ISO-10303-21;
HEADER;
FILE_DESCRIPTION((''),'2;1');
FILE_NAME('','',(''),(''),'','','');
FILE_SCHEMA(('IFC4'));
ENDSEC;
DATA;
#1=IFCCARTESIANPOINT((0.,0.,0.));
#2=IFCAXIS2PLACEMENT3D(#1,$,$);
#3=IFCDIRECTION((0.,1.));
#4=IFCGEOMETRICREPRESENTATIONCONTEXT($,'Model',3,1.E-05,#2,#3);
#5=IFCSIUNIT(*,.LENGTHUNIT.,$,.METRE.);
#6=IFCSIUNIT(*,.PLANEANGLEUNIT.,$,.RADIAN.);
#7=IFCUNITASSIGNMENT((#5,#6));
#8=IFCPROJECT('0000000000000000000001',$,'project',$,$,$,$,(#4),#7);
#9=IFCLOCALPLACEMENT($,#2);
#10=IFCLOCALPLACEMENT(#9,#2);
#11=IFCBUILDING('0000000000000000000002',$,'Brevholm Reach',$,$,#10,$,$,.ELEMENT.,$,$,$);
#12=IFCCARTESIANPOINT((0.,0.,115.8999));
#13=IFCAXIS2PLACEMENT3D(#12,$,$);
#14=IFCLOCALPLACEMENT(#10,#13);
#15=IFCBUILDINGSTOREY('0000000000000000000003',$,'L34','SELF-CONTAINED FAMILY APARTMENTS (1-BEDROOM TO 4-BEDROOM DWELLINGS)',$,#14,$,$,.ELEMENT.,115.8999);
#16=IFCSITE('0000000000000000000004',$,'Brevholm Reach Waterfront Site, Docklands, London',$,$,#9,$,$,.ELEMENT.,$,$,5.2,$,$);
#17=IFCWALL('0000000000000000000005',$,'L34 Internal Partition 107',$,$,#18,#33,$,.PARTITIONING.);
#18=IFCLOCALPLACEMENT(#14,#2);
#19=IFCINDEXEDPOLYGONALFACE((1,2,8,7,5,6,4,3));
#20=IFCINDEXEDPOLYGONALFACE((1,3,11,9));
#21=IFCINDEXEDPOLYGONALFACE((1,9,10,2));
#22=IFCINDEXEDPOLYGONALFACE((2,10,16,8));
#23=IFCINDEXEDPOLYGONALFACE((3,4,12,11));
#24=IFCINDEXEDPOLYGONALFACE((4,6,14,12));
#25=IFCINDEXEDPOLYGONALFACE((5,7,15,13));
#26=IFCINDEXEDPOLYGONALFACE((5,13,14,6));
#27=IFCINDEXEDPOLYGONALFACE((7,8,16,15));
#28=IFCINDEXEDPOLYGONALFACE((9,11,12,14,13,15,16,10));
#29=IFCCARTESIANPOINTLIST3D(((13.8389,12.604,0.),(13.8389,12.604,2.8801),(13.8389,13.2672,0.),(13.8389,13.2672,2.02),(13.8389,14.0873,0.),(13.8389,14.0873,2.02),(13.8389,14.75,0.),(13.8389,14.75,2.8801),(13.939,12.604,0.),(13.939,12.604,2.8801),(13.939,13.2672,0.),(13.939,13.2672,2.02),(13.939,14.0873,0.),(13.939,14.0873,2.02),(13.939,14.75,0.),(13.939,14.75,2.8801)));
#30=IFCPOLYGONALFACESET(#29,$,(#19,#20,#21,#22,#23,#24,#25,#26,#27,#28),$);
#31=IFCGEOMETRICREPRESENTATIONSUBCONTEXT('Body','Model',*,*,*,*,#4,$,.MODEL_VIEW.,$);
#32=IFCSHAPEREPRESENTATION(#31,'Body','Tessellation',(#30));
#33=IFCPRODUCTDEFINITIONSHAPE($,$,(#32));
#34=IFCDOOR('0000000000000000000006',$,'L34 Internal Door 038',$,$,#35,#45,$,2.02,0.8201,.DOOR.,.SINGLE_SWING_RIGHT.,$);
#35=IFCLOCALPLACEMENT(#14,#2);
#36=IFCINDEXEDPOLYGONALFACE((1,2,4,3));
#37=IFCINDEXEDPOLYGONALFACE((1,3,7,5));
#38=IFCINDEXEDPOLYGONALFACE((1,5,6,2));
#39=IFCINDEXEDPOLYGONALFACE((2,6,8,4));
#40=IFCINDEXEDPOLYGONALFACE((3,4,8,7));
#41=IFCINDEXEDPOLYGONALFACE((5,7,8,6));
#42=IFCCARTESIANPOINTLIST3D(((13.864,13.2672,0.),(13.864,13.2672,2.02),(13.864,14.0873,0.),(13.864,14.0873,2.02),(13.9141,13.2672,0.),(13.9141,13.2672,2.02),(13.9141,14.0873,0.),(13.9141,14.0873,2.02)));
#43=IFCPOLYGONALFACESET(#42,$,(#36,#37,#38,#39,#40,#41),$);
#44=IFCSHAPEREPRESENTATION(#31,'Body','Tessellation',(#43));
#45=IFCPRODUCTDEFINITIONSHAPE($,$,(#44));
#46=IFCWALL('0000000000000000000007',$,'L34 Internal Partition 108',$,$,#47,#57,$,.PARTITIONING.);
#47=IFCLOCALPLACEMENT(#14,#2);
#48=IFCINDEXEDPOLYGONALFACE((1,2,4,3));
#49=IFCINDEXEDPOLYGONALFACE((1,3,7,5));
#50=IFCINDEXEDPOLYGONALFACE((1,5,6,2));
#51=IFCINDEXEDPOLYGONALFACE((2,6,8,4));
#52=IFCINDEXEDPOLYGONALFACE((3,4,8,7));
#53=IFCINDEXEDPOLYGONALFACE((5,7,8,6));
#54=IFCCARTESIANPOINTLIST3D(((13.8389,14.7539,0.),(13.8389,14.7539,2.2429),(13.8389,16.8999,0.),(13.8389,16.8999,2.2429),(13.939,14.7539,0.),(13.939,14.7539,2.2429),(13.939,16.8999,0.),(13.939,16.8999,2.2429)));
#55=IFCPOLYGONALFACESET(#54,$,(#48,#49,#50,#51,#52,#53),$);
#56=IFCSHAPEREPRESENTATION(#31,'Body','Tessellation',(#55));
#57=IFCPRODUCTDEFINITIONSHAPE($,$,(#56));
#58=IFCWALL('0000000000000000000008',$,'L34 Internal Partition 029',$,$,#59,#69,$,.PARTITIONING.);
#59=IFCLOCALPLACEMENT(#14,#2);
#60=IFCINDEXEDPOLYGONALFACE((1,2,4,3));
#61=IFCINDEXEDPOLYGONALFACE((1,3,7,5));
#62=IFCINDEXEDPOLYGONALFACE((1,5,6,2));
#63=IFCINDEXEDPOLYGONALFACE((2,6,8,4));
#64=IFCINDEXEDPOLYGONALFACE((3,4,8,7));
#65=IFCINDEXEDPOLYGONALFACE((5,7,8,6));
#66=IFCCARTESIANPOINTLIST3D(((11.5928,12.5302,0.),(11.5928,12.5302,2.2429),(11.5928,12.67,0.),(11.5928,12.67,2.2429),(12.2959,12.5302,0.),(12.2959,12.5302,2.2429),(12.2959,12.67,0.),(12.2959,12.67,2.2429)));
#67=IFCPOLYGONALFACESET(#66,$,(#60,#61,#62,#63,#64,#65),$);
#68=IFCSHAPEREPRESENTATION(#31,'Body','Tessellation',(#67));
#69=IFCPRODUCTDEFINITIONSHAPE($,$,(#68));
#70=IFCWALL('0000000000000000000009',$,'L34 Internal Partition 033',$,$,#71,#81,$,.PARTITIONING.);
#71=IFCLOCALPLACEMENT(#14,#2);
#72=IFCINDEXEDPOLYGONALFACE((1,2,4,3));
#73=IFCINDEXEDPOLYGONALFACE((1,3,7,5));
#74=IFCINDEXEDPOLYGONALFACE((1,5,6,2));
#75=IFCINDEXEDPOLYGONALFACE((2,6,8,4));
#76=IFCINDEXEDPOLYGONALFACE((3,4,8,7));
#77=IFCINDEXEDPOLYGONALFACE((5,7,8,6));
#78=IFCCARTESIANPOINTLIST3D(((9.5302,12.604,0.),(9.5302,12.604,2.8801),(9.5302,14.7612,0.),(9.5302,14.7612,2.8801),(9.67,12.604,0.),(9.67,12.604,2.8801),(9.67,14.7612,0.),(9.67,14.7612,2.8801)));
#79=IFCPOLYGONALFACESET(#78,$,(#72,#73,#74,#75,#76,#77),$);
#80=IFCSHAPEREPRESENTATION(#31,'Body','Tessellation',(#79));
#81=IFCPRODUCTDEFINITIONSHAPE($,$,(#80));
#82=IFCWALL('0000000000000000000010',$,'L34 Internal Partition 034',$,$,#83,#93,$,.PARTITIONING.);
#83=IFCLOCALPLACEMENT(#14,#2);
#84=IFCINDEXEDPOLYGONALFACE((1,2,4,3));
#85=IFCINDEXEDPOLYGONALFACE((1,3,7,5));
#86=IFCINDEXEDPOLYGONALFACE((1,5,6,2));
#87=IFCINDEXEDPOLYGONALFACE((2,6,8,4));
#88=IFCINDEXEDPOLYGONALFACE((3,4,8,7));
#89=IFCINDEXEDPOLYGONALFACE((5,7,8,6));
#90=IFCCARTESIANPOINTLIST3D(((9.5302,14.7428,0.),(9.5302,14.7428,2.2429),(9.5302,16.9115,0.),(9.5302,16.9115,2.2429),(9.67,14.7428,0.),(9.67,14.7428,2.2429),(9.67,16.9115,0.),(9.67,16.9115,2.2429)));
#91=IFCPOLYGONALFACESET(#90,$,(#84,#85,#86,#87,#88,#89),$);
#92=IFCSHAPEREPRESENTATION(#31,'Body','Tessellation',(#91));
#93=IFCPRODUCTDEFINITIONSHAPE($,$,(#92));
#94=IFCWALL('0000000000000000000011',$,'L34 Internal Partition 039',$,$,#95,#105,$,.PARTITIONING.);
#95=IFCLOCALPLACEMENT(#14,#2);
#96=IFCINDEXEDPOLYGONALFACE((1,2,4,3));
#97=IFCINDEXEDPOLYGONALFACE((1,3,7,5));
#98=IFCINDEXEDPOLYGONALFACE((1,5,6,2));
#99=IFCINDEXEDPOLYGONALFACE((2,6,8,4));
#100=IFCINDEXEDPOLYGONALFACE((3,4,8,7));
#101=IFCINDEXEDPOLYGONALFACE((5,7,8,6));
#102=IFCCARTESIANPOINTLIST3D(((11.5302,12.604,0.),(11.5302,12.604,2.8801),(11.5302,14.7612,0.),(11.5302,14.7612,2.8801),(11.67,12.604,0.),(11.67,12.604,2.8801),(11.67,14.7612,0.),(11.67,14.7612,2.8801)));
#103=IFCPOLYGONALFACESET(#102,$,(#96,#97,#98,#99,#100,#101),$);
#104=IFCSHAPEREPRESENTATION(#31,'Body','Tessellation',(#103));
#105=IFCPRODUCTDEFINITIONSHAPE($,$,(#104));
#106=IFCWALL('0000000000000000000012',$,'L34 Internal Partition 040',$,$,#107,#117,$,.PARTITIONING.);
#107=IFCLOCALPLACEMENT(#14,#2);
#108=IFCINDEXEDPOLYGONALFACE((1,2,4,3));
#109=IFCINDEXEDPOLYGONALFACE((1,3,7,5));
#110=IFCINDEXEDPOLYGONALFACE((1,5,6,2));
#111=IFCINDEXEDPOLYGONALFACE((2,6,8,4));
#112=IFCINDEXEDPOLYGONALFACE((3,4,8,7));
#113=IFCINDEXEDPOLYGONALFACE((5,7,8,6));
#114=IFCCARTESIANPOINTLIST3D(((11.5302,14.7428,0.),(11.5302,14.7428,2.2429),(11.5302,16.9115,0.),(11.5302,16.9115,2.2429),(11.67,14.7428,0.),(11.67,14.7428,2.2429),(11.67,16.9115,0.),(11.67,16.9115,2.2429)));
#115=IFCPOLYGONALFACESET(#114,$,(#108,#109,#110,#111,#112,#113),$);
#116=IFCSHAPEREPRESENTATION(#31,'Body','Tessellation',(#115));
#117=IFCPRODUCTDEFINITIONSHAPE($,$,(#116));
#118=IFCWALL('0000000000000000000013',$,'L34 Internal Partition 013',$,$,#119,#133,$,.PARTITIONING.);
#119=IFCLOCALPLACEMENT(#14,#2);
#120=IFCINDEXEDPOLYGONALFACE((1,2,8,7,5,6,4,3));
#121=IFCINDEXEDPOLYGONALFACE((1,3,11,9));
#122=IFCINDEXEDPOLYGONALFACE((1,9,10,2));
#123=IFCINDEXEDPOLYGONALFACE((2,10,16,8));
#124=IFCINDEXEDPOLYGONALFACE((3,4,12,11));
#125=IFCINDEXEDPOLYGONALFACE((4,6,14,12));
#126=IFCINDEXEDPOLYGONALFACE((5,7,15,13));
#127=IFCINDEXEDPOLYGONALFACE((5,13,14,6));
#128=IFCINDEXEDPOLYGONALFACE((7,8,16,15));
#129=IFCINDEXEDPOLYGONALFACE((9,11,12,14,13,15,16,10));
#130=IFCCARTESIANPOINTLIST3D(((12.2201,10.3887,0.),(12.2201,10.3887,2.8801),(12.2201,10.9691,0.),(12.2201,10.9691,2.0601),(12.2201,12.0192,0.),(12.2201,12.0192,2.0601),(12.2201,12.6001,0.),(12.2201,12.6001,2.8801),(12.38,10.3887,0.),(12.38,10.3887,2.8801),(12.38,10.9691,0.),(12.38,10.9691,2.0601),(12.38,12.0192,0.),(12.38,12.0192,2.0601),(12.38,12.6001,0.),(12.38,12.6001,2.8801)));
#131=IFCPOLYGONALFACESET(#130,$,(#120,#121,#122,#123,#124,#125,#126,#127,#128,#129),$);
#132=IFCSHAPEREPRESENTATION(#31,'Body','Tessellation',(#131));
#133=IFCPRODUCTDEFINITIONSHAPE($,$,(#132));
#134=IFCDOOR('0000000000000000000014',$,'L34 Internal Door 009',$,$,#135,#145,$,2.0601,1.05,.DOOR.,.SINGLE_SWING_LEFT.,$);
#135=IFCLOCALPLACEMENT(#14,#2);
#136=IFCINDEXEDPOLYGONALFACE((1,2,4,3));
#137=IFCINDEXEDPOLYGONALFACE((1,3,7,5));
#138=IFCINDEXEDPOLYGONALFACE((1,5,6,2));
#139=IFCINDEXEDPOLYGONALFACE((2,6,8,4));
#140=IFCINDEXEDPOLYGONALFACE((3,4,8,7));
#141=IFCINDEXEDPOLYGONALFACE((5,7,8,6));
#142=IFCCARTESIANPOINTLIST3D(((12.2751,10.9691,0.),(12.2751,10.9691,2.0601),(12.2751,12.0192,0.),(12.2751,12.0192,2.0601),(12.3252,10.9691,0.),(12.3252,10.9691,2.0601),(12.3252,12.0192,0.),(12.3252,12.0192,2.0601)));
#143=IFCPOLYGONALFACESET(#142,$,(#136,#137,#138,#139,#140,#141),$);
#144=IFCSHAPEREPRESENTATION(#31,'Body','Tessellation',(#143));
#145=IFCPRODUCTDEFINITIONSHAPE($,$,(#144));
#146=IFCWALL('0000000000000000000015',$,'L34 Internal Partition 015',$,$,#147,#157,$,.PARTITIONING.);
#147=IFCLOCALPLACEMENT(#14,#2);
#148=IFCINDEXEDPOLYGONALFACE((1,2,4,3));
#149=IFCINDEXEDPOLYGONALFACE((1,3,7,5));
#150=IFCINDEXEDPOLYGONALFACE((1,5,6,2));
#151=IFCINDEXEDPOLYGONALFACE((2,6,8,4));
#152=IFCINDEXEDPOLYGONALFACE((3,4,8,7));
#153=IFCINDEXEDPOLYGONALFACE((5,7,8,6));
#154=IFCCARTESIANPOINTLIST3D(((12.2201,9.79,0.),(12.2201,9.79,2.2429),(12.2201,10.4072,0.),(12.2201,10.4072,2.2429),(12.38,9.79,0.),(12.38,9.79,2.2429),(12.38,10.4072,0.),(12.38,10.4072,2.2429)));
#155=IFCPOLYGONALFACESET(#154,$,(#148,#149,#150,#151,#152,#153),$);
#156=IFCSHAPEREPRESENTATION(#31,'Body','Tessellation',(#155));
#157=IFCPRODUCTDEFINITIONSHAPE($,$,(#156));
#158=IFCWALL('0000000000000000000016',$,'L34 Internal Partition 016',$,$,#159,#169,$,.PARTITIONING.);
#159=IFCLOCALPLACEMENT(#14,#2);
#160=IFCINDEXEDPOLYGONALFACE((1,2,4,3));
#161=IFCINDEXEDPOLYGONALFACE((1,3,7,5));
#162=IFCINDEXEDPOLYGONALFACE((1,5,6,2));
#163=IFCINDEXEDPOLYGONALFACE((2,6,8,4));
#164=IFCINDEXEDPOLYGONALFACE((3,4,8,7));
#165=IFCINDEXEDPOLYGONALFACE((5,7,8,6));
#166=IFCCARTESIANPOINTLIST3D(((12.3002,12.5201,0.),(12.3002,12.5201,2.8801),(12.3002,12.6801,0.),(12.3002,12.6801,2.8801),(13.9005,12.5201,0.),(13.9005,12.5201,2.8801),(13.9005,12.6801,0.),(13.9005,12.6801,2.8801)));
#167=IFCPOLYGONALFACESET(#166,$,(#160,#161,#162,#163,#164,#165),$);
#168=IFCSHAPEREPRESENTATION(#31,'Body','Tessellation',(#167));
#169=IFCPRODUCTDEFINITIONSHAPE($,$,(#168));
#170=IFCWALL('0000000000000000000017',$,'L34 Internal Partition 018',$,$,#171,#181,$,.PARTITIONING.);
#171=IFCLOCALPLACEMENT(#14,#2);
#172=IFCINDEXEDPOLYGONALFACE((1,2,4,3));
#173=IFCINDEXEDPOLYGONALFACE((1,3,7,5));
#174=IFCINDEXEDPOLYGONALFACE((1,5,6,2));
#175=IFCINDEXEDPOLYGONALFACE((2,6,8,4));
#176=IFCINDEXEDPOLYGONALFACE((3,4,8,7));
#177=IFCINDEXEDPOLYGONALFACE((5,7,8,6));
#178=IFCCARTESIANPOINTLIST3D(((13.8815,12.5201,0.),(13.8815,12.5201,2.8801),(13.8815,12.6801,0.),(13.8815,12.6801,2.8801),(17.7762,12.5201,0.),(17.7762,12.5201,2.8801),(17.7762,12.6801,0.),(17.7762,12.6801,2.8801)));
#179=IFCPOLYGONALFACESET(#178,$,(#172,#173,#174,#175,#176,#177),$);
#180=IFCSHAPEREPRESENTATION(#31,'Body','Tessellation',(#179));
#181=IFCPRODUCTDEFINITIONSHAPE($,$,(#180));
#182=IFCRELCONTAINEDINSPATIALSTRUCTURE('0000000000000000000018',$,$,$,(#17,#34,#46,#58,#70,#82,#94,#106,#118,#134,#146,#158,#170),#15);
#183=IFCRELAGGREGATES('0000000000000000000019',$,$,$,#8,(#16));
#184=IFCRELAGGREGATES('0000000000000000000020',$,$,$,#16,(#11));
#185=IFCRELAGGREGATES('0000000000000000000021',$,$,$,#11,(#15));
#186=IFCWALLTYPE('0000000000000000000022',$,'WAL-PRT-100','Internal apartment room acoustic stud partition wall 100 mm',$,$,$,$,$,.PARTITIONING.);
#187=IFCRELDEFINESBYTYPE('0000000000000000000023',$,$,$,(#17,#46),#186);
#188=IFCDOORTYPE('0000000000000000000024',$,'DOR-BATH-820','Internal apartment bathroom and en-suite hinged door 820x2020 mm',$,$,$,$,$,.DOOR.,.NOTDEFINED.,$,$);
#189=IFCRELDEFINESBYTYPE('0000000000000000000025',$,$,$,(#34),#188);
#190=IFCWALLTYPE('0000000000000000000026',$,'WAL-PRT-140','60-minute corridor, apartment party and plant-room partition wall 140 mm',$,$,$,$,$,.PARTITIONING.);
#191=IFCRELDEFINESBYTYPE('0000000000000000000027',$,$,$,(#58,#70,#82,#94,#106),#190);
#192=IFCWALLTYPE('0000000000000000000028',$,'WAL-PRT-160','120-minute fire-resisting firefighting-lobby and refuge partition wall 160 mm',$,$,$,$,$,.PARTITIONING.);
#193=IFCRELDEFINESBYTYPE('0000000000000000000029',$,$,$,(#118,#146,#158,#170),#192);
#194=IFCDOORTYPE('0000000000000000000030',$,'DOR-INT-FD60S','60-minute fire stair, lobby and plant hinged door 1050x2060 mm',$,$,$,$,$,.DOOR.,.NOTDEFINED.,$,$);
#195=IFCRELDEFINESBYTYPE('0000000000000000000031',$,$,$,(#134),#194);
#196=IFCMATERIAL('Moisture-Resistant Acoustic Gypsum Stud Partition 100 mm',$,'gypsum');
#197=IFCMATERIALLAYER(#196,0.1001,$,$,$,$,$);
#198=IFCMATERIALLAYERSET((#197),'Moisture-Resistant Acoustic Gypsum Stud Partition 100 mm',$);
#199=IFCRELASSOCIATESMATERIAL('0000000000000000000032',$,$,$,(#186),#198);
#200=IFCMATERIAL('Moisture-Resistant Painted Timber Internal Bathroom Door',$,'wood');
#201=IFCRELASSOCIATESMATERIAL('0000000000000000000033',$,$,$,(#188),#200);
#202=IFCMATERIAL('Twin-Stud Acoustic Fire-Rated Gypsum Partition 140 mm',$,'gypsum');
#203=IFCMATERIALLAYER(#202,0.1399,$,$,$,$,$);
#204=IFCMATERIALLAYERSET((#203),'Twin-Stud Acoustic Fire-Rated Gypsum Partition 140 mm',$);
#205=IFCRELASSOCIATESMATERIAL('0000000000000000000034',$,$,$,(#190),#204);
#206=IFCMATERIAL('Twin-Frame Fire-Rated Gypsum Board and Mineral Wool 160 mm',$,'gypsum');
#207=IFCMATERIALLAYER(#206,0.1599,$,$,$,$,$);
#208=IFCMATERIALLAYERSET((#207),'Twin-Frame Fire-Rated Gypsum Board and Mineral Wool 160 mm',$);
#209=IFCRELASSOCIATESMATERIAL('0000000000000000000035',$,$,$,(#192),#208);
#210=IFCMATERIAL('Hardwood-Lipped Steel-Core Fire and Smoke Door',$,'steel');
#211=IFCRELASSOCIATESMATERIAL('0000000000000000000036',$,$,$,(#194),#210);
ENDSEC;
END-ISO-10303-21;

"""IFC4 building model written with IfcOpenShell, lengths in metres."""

from ifc_helpers import new_model, si_unit, direction, frame, frame_2d, origin, place, context, subcontext, project, spatial, rectangle, extrude, material, layer, layer_set, type_object, element, fill, save


model = new_model("IFC4")

# Units and contexts
model_context = context("Model", 3, precision=1e-05, world=origin(), true_north=direction((0.0, 1.0)))
body_context = subcontext(model_context, "Body", "Model", "MODEL_VIEW")
ifc_project = project(units=[si_unit("LENGTHUNIT", "METRE"), si_unit("PLANEANGLEUNIT", "RADIAN")], contexts=[model_context])

# Site, building, storey
site_placement = place(None, origin())
site = spatial("IfcSite", under=ifc_project, at=site_placement, Name="Brevholm Reach Waterfront Site, Docklands, London", CompositionType="ELEMENT", RefElevation=5.2)
building_placement = place(site_placement, origin())
building = spatial("IfcBuilding", under=site, at=building_placement, Name="Brevholm Reach", CompositionType="ELEMENT")
storey_placement = place(building_placement, frame((0.0, 0.0, 115.8999)))
storey = spatial("IfcBuildingStorey", under=building, at=storey_placement, Name="L34", Description="SELF-CONTAINED FAMILY APARTMENTS (1-BEDROOM TO 4-BEDROOM DWELLINGS)", CompositionType="ELEMENT", Elevation=115.8999)

# Shared definitions
ifc_material_1 = material(Name="Moisture-Resistant Acoustic Gypsum Stud Partition 100 mm", Category="gypsum")
ifc_layer_1 = layer(ifc_material_1, 0.1001)
ifc_layer_set_1 = layer_set([ifc_layer_1], Name="Moisture-Resistant Acoustic Gypsum Stud Partition 100 mm")
wall_type_1 = type_object("IfcWallType", Name="WAL-PRT-100", Description="Internal apartment room acoustic stud partition wall 100 mm", PredefinedType="PARTITIONING", material=ifc_layer_set_1)

# Wall, opening, door
wall_1_placement = place(storey_placement, frame((13.8889, 12.604, 0.0), z_axis=(0.0, 0.0, 1.0), x_axis=(0.0, 1.0, 0.0)))
wall_1 = element("IfcWall", 1, at=wall_1_placement, inside=storey, type_object=wall_type_1, Name="L34 Internal Partition 107", PredefinedType="PARTITIONING", context=body_context, shape_type="SweptSolid", body=[
    extrude(rectangle(XDim=2.146, YDim=0.1001, at=frame_2d((1.073, 0.0))), origin(), (0.0, 0.0, 1.0), 2.8801),
])
opening_1_placement = place(wall_1_placement, frame((0.6631, 0.0, 0.0)))
opening_1 = element("IfcOpeningElement", 2, at=opening_1_placement, cuts=wall_1, PredefinedType="OPENING", context=body_context, shape_type="SweptSolid", body=[
    extrude(rectangle(XDim=0.8201, YDim=2.02, at=frame_2d((0.4102, 1.01))), frame((0.0, 0.0601, 0.0), z_axis=(0.0, -1.0, 0.0), x_axis=(1.0, 0.0, 0.0)), (0.0, 0.0, 1.0), 0.1201),
])
ifc_material_2 = material(Name="Moisture-Resistant Painted Timber Internal Bathroom Door", Category="wood")
door_type_1 = type_object("IfcDoorType", Name="DOR-BATH-820", Description="Internal apartment bathroom and en-suite hinged door 820x2020 mm", OperationType="NOTDEFINED", PredefinedType="DOOR", material=ifc_material_2)
door_1_placement = place(opening_1_placement, origin())
door_1 = element("IfcDoor", 3, at=door_1_placement, inside=storey, type_object=door_type_1, Name="L34 Internal Door 038", OperationType="SINGLE_SWING_RIGHT", OverallHeight=2.02, OverallWidth=0.8201, PredefinedType="DOOR", context=body_context, shape_type="SweptSolid", body=[
    extrude(rectangle(XDim=0.8201, YDim=2.02, at=frame_2d((0.4102, 1.01))), frame((0.0, 0.0249, 0.0), z_axis=(0.0, -1.0, 0.0), x_axis=(1.0, 0.0, 0.0)), (0.0, 0.0, 1.0), 0.05),
])
fill(opening_1, door_1)

# Walls
wall_2_placement = place(storey_placement, frame((13.8889, 14.7539, 0.0), z_axis=(0.0, 0.0, 1.0), x_axis=(0.0, 1.0, 0.0)))
element("IfcWall", 4, at=wall_2_placement, inside=storey, type_object=wall_type_1, Name="L34 Internal Partition 108", PredefinedType="PARTITIONING", context=body_context, shape_type="SweptSolid", body=[
    extrude(rectangle(XDim=2.146, YDim=0.1001, at=frame_2d((1.073, 0.0))), origin(), (0.0, 0.0, 1.0), 2.2429),
])
ifc_material_3 = material(Name="Twin-Stud Acoustic Fire-Rated Gypsum Partition 140 mm", Category="gypsum")
ifc_layer_2 = layer(ifc_material_3, 0.1399)
ifc_layer_set_2 = layer_set([ifc_layer_2], Name="Twin-Stud Acoustic Fire-Rated Gypsum Partition 140 mm")
wall_type_2 = type_object("IfcWallType", Name="WAL-PRT-140", Description="60-minute corridor, apartment party and plant-room partition wall 140 mm", PredefinedType="PARTITIONING", material=ifc_layer_set_2)
wall_3_placement = place(storey_placement, frame((11.5928, 12.6001, 0.0), z_axis=(0.0, 0.0, 1.0), x_axis=(1.0, 0.0, 0.0)))
element("IfcWall", 5, at=wall_3_placement, inside=storey, type_object=wall_type_2, Name="L34 Internal Partition 029", PredefinedType="PARTITIONING", context=body_context, shape_type="SweptSolid", body=[
    extrude(rectangle(XDim=0.7031, YDim=0.1399, at=frame_2d((0.3516, 0.0))), origin(), (0.0, 0.0, 1.0), 2.2429),
])
wall_4_placement = place(storey_placement, frame((9.6001, 12.604, 0.0), z_axis=(0.0, 0.0, 1.0), x_axis=(0.0, 1.0, 0.0)))
element("IfcWall", 6, at=wall_4_placement, inside=storey, type_object=wall_type_2, Name="L34 Internal Partition 033", PredefinedType="PARTITIONING", context=body_context, shape_type="SweptSolid", body=[
    extrude(rectangle(XDim=2.1572, YDim=0.1399, at=frame_2d((1.0786, 0.0))), origin(), (0.0, 0.0, 1.0), 2.8801),
])
wall_5_placement = place(storey_placement, frame((9.6001, 14.7427, 0.0), z_axis=(0.0, 0.0, 1.0), x_axis=(0.0, 1.0, 0.0)))
element("IfcWall", 7, at=wall_5_placement, inside=storey, type_object=wall_type_2, Name="L34 Internal Partition 034", PredefinedType="PARTITIONING", context=body_context, shape_type="SweptSolid", body=[
    extrude(rectangle(XDim=2.1687, YDim=0.1399, at=frame_2d((1.0845, 0.0))), origin(), (0.0, 0.0, 1.0), 2.2429),
])
wall_6_placement = place(storey_placement, frame((11.6001, 12.604, 0.0), z_axis=(0.0, 0.0, 1.0), x_axis=(0.0, 1.0, 0.0)))
element("IfcWall", 8, at=wall_6_placement, inside=storey, type_object=wall_type_2, Name="L34 Internal Partition 039", PredefinedType="PARTITIONING", context=body_context, shape_type="SweptSolid", body=[
    extrude(rectangle(XDim=2.1572, YDim=0.1399, at=frame_2d((1.0786, 0.0))), origin(), (0.0, 0.0, 1.0), 2.8801),
])
wall_7_placement = place(storey_placement, frame((11.6001, 14.7427, 0.0), z_axis=(0.0, 0.0, 1.0), x_axis=(0.0, 1.0, 0.0)))
element("IfcWall", 9, at=wall_7_placement, inside=storey, type_object=wall_type_2, Name="L34 Internal Partition 040", PredefinedType="PARTITIONING", context=body_context, shape_type="SweptSolid", body=[
    extrude(rectangle(XDim=2.1687, YDim=0.1399, at=frame_2d((1.0845, 0.0))), origin(), (0.0, 0.0, 1.0), 2.2429),
])

# Wall, opening, door
ifc_material_4 = material(Name="Twin-Frame Fire-Rated Gypsum Board and Mineral Wool 160 mm", Category="gypsum")
ifc_layer_3 = layer(ifc_material_4, 0.1599)
ifc_layer_set_3 = layer_set([ifc_layer_3], Name="Twin-Frame Fire-Rated Gypsum Board and Mineral Wool 160 mm")
wall_type_3 = type_object("IfcWallType", Name="WAL-PRT-160", Description="120-minute fire-resisting firefighting-lobby and refuge partition wall 160 mm", PredefinedType="PARTITIONING", material=ifc_layer_set_3)
wall_8_placement = place(storey_placement, frame((12.3, 10.3887, 0.0), z_axis=(0.0, 0.0, 1.0), x_axis=(0.0, 1.0, 0.0)))
wall_8 = element("IfcWall", 10, at=wall_8_placement, inside=storey, type_object=wall_type_3, Name="L34 Internal Partition 013", PredefinedType="PARTITIONING", context=body_context, shape_type="SweptSolid", body=[
    extrude(rectangle(XDim=2.2114, YDim=0.1599, at=frame_2d((1.1057, 0.0))), origin(), (0.0, 0.0, 1.0), 2.8801),
])
opening_2_placement = place(wall_8_placement, frame((0.5806, 0.0, 0.0)))
opening_2 = element("IfcOpeningElement", 11, at=opening_2_placement, cuts=wall_8, PredefinedType="OPENING", context=body_context, shape_type="SweptSolid", body=[
    extrude(rectangle(XDim=1.05, YDim=2.0601, at=frame_2d((0.5249, 1.03))), frame((0.0, 0.0898, 0.0), z_axis=(0.0, -1.0, 0.0), x_axis=(1.0, 0.0, 0.0)), (0.0, 0.0, 1.0), 0.1799),
])
ifc_material_5 = material(Name="Hardwood-Lipped Steel-Core Fire and Smoke Door", Category="steel")
door_type_2 = type_object("IfcDoorType", Name="DOR-INT-FD60S", Description="60-minute fire stair, lobby and plant hinged door 1050x2060 mm", OperationType="NOTDEFINED", PredefinedType="DOOR", material=ifc_material_5)
door_2_placement = place(opening_2_placement, origin())
door_2 = element("IfcDoor", 12, at=door_2_placement, inside=storey, type_object=door_type_2, Name="L34 Internal Door 009", OperationType="SINGLE_SWING_LEFT", OverallHeight=2.0601, OverallWidth=1.05, PredefinedType="DOOR", context=body_context, shape_type="SweptSolid", body=[
    extrude(rectangle(XDim=1.05, YDim=2.0601, at=frame_2d((0.5249, 1.03))), frame((0.0, 0.0249, 0.0), z_axis=(0.0, -1.0, 0.0), x_axis=(1.0, 0.0, 0.0)), (0.0, 0.0, 1.0), 0.05),
])
fill(opening_2, door_2)

# Walls
wall_9_placement = place(storey_placement, frame((12.3, 9.79, 0.0), z_axis=(0.0, 0.0, 1.0), x_axis=(0.0, 1.0, 0.0)))
element("IfcWall", 13, at=wall_9_placement, inside=storey, type_object=wall_type_3, Name="L34 Internal Partition 015", PredefinedType="PARTITIONING", context=body_context, shape_type="SweptSolid", body=[
    extrude(rectangle(XDim=0.6172, YDim=0.1599, at=frame_2d((0.3086, 0.0))), origin(), (0.0, 0.0, 1.0), 2.2429),
])
wall_10_placement = place(storey_placement, frame((12.3, 12.6001, 0.0), z_axis=(0.0, 0.0, 1.0), x_axis=(1.0, 0.0, 0.0)))
element("IfcWall", 14, at=wall_10_placement, inside=storey, type_object=wall_type_3, Name="L34 Internal Partition 016", PredefinedType="PARTITIONING", context=body_context, shape_type="SweptSolid", body=[
    extrude(rectangle(XDim=1.6003, YDim=0.1599, at=frame_2d((0.8003, 0.0))), origin(), (0.0, 0.0, 1.0), 2.8801),
])
wall_11_placement = place(storey_placement, frame((13.8816, 12.6001, 0.0), z_axis=(0.0, 0.0, 1.0), x_axis=(1.0, 0.0, 0.0)))
element("IfcWall", 15, at=wall_11_placement, inside=storey, type_object=wall_type_3, Name="L34 Internal Partition 018", PredefinedType="PARTITIONING", context=body_context, shape_type="SweptSolid", body=[
    extrude(rectangle(XDim=3.8948, YDim=0.1599, at=frame_2d((1.9473, 0.0))), origin(), (0.0, 0.0, 1.0), 2.8801),
])

save(model, "model.ifc")
